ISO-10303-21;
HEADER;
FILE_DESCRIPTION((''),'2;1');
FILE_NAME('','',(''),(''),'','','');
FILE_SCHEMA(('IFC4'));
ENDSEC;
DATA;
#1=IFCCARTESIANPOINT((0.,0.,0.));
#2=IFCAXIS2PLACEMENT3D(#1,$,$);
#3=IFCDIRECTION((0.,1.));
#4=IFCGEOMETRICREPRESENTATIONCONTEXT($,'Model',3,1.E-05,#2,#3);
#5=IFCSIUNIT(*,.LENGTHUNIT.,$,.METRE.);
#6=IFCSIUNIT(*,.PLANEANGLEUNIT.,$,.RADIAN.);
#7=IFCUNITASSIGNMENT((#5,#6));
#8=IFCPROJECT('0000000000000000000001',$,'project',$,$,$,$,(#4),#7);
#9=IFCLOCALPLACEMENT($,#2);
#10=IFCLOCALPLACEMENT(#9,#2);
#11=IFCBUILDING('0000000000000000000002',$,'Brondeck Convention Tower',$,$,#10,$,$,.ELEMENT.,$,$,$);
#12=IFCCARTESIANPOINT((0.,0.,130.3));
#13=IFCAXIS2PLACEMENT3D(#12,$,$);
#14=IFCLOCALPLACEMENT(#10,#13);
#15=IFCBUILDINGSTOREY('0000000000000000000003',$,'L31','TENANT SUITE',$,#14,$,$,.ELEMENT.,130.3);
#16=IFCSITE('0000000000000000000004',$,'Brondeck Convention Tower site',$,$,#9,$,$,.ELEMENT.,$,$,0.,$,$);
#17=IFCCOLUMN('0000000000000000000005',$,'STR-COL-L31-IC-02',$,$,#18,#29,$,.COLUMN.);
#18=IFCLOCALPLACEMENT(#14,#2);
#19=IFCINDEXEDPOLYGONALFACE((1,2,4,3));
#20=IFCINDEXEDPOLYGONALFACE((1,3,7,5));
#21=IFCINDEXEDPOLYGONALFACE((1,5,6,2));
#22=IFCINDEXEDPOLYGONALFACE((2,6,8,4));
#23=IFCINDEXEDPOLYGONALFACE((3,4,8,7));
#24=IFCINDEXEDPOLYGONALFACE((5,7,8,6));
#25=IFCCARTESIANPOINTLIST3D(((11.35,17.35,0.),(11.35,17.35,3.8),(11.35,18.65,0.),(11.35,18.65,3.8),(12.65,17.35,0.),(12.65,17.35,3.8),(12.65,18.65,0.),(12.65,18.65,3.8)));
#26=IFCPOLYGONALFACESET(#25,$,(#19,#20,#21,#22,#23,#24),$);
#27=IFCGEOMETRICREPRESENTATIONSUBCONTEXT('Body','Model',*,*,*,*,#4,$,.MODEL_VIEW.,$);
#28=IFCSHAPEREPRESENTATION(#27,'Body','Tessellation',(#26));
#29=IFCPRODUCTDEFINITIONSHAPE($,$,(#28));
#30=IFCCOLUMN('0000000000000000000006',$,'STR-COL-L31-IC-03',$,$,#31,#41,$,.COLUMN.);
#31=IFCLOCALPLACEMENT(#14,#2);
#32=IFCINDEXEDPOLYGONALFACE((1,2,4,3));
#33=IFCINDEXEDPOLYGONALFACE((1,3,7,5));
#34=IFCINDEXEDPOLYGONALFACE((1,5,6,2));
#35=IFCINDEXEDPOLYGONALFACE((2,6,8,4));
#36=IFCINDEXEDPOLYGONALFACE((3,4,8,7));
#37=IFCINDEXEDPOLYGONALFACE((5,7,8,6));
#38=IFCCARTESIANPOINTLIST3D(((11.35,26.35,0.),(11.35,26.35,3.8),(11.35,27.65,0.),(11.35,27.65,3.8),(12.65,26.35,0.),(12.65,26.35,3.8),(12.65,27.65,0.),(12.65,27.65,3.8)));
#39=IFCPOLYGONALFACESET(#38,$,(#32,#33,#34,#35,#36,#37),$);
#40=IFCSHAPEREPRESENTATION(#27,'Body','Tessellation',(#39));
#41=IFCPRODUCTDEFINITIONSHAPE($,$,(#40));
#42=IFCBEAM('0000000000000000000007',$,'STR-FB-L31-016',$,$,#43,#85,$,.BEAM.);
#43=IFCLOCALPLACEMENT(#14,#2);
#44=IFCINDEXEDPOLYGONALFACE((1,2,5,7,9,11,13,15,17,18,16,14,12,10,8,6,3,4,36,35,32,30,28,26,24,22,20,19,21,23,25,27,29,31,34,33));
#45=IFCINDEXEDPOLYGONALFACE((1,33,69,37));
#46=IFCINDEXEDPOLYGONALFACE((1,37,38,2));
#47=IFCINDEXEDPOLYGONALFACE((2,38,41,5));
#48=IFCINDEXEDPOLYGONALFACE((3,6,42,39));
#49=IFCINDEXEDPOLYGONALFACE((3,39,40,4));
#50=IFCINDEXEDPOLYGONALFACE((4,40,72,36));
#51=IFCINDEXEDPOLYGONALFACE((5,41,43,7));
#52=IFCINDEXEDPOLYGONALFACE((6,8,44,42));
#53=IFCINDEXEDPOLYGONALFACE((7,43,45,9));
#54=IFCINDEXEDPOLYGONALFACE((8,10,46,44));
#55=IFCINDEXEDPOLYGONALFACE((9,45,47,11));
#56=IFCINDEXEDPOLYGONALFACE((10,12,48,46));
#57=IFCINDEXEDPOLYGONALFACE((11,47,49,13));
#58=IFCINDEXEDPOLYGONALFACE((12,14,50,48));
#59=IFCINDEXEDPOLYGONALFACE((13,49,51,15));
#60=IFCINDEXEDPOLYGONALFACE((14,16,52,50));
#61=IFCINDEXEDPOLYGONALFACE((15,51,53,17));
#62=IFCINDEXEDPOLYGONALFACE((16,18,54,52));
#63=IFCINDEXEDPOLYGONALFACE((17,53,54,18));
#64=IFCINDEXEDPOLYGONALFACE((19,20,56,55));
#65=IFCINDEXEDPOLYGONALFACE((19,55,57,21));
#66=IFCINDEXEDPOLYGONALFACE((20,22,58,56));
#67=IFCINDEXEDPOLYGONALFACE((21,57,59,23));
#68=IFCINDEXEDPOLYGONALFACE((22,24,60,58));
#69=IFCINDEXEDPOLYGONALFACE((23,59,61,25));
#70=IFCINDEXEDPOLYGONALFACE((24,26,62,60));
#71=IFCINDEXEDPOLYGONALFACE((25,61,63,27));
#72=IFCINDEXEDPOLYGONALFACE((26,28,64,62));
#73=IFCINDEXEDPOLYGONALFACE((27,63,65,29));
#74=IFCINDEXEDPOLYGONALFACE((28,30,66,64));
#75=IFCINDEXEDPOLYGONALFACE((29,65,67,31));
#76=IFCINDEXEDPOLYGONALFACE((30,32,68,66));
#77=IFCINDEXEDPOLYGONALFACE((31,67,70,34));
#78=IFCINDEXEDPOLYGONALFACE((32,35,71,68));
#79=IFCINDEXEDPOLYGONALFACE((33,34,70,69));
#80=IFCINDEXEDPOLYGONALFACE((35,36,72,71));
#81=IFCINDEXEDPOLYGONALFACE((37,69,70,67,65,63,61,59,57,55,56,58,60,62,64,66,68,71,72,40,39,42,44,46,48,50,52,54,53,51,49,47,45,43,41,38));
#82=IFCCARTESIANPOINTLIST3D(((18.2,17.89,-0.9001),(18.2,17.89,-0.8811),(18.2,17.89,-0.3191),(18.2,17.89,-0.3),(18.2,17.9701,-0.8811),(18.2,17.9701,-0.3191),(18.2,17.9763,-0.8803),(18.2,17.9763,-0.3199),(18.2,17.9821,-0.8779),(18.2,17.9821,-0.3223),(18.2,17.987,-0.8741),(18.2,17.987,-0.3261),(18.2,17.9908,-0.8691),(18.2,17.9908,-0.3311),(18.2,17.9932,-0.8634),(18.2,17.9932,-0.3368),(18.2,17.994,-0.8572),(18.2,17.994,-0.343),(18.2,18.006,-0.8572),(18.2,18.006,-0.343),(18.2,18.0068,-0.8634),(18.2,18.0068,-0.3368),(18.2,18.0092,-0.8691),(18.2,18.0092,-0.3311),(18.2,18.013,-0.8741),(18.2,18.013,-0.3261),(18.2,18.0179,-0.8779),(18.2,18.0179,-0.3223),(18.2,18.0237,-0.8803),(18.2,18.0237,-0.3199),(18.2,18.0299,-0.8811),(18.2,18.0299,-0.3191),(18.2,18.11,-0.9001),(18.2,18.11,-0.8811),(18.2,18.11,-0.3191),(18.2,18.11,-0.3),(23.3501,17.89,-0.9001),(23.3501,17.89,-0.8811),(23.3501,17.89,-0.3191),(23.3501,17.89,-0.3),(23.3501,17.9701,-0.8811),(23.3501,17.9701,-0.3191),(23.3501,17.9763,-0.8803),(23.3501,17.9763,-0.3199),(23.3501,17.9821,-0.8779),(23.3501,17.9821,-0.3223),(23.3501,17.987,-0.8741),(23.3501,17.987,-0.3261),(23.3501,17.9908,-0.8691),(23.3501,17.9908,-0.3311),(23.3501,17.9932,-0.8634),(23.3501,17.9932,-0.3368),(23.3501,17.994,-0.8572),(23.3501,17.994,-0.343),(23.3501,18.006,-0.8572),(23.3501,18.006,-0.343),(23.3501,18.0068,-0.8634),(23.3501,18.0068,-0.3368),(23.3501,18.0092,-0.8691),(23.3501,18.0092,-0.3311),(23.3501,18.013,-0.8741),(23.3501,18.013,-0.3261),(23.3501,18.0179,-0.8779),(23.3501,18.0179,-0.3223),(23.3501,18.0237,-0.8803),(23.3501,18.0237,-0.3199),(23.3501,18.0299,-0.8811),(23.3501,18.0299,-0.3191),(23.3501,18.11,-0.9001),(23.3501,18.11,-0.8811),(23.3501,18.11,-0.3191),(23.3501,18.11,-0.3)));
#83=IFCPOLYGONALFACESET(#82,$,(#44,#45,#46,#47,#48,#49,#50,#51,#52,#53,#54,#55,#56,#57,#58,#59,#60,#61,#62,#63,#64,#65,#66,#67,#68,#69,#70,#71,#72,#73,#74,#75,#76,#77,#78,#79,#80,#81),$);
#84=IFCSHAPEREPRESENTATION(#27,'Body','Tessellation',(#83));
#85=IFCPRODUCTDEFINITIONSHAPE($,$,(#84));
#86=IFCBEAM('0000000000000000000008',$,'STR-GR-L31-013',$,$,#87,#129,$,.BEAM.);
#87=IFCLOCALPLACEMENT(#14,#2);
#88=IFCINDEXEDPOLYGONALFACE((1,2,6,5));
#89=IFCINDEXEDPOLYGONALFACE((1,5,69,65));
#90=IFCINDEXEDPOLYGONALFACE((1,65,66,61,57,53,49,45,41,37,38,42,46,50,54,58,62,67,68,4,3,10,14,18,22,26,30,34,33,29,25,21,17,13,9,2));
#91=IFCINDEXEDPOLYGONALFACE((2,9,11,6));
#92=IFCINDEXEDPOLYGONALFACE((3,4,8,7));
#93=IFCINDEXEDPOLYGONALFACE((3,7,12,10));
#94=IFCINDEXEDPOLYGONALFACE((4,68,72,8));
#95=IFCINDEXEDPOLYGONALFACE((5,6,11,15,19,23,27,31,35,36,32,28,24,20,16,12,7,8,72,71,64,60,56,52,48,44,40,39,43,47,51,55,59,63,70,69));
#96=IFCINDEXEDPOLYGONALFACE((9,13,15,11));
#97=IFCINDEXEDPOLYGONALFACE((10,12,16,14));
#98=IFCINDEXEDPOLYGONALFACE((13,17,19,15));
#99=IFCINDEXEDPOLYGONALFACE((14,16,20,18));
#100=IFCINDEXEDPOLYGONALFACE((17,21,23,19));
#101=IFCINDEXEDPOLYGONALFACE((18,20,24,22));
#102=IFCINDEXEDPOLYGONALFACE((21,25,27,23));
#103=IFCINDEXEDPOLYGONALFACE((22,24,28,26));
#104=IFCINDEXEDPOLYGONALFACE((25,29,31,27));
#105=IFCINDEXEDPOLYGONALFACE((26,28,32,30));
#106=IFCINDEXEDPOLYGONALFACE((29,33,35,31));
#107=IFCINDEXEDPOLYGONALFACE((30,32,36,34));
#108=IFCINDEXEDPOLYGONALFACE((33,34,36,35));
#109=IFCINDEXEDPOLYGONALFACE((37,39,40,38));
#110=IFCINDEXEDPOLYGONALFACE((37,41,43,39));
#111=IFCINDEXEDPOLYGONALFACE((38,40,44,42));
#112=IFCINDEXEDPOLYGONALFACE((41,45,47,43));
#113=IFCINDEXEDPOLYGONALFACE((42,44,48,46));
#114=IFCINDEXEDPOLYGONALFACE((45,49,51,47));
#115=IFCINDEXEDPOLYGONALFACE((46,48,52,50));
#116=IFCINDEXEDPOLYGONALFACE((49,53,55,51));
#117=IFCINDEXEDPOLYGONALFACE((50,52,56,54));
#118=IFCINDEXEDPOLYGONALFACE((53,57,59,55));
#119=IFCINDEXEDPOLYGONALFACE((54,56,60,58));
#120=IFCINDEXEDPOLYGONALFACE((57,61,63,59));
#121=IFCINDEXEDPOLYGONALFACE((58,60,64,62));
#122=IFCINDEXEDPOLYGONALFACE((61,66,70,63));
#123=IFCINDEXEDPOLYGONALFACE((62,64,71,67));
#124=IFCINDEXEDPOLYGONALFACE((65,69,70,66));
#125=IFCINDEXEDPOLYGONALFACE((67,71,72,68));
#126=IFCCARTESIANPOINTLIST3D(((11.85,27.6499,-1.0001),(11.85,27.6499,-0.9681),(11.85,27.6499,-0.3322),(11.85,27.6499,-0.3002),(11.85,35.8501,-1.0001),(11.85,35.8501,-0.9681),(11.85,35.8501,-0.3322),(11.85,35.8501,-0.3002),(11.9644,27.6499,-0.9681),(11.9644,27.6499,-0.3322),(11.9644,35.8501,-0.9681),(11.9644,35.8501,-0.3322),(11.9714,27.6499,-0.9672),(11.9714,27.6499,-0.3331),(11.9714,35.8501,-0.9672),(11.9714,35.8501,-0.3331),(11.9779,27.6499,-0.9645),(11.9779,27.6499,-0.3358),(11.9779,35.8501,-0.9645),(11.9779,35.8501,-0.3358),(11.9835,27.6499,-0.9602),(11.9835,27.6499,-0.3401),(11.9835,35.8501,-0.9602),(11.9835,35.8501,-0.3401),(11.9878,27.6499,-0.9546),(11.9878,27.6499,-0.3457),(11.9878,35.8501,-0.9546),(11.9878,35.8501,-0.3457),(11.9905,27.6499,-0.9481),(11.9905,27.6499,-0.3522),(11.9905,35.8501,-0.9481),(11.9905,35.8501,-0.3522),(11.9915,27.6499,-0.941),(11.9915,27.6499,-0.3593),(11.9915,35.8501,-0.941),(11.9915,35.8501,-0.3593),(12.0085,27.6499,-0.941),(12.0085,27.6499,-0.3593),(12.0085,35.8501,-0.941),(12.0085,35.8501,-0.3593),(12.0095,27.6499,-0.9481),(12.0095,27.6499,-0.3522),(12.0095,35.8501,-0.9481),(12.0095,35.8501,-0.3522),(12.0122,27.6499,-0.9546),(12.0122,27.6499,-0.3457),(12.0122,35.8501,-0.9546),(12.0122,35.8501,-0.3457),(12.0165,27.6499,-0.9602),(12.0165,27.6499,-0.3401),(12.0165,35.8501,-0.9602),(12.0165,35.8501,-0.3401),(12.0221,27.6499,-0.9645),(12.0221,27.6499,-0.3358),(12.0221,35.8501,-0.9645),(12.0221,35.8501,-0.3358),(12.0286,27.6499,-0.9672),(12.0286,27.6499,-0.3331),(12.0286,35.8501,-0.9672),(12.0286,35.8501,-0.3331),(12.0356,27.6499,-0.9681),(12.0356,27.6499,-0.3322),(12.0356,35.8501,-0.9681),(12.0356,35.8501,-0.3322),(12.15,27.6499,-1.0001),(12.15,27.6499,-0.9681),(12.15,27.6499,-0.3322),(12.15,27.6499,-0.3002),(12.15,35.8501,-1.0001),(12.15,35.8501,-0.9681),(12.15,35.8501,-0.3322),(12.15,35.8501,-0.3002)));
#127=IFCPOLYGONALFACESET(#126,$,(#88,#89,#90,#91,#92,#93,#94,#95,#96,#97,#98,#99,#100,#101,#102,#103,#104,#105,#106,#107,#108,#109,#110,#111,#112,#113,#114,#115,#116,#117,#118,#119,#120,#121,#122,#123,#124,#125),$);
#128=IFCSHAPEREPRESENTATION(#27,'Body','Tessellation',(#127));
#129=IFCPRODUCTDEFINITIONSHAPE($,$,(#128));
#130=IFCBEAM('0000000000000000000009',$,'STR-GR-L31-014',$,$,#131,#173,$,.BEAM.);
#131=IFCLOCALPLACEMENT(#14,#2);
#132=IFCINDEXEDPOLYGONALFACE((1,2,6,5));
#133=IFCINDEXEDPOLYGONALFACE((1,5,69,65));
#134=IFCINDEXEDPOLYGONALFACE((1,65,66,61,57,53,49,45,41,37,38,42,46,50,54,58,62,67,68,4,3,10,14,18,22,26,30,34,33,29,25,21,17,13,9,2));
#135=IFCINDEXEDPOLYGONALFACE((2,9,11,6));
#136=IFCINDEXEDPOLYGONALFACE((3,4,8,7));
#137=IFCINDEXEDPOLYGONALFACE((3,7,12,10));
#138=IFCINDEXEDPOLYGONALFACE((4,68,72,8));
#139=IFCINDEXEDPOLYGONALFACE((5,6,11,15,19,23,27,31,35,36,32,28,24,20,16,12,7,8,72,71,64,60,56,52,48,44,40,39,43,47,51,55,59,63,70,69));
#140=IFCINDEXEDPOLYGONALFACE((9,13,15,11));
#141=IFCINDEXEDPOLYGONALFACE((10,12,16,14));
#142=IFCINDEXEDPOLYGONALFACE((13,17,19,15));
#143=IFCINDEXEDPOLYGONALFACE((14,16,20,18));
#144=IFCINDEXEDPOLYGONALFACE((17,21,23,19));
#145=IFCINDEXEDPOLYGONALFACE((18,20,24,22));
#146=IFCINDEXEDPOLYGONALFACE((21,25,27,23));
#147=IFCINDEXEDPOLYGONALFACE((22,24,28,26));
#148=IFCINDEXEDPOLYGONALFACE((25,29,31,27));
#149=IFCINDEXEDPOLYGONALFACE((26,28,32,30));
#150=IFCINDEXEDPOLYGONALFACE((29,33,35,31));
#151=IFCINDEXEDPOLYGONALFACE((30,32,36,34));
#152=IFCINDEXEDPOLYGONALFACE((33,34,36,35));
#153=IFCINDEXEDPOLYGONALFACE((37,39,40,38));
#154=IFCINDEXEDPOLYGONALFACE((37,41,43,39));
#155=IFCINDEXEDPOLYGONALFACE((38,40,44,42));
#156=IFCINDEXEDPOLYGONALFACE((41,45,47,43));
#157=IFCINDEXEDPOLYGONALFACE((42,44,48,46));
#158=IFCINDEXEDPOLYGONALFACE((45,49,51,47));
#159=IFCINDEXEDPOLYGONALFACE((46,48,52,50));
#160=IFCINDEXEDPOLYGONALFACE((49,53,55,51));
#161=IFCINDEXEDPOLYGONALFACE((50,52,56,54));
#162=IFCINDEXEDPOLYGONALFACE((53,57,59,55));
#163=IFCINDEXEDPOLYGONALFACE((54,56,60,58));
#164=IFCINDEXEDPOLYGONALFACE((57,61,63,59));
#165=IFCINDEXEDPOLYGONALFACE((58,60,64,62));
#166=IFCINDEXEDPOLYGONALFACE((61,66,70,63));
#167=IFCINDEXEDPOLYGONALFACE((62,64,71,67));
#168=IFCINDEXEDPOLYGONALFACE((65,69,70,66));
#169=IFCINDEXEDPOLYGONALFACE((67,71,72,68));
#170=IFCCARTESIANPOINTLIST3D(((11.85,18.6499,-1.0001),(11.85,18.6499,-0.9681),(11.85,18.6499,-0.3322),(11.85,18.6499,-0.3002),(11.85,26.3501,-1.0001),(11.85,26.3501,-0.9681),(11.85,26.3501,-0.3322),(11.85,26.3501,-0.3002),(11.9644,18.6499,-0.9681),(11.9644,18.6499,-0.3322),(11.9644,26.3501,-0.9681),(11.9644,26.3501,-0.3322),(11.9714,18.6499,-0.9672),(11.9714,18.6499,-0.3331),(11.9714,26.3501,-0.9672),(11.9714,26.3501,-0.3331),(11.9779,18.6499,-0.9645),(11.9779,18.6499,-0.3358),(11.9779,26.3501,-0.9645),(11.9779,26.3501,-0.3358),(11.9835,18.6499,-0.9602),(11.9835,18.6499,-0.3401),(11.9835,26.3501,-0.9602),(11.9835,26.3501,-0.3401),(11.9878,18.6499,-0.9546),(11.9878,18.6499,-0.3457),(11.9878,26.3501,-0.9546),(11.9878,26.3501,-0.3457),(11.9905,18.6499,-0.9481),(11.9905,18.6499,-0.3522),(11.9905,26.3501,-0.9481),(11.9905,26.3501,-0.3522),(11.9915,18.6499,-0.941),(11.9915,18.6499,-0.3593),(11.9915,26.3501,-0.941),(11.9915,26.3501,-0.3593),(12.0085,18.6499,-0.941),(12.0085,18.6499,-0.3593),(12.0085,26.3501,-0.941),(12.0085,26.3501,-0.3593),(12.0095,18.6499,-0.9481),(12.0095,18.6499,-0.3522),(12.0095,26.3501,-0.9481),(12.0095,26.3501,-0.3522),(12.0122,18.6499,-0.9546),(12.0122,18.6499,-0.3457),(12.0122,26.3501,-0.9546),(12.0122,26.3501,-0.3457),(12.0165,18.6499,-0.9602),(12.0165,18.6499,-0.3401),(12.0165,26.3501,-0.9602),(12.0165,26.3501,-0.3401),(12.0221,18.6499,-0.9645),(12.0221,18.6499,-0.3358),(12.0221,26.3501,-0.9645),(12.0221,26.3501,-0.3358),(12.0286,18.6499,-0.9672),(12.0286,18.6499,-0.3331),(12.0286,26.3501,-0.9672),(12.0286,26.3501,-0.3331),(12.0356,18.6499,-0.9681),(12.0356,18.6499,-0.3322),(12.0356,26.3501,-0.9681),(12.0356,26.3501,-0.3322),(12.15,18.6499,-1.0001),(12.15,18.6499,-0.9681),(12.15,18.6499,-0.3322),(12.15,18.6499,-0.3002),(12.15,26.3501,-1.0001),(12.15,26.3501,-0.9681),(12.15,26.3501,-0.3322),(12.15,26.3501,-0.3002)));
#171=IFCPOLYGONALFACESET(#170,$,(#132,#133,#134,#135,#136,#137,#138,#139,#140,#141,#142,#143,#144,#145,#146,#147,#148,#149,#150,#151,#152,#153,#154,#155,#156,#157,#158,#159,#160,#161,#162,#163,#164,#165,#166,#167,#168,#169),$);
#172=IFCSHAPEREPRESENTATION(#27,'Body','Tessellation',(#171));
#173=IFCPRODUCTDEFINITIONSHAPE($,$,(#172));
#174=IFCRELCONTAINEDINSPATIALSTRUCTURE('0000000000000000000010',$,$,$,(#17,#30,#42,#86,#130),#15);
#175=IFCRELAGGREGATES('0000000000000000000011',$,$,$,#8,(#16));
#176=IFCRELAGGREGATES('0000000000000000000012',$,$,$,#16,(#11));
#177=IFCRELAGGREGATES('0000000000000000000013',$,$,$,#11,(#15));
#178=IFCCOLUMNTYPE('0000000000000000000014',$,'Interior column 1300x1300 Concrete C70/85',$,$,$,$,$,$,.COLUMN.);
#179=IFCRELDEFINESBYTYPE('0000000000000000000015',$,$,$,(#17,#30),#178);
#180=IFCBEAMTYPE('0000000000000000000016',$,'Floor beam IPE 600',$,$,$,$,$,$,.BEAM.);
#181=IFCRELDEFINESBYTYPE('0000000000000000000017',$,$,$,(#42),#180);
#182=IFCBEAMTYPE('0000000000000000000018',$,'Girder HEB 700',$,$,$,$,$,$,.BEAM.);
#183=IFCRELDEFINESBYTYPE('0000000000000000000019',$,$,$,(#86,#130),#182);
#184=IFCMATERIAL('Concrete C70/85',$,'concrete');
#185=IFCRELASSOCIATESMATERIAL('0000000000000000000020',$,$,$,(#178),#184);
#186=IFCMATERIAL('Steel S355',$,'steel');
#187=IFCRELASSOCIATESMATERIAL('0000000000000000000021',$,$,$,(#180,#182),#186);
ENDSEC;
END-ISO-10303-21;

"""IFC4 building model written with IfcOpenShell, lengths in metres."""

from ifc_helpers import new_model, si_unit, direction, frame, origin, origin_2d, place, context, subcontext, project, spatial, rectangle, i_section, extrude, material, material_profile, profile_set, type_object, element, save


model = new_model("IFC4")

# Units and contexts
model_context = context("Model", 3, precision=1e-05, world=origin(), true_north=direction((0.0, 1.0)))
body_context = subcontext(model_context, "Body", "Model", "MODEL_VIEW")
ifc_project = project(units=[si_unit("LENGTHUNIT", "METRE"), si_unit("PLANEANGLEUNIT", "RADIAN")], contexts=[model_context])

# Site, building, storey
site_placement = place(None, origin())
site = spatial("IfcSite", under=ifc_project, at=site_placement, Name="Brondeck Convention Tower site", CompositionType="ELEMENT", RefElevation=0.0)
building_placement = place(site_placement, origin())
building = spatial("IfcBuilding", under=site, at=building_placement, Name="Brondeck Convention Tower", CompositionType="ELEMENT")
storey_placement = place(building_placement, frame((0.0, 0.0, 130.3)))
storey = spatial("IfcBuildingStorey", under=building, at=storey_placement, Name="L31", Description="TENANT SUITE", CompositionType="ELEMENT", Elevation=130.3)

# Columns
ifc_material_1 = material(Name="Concrete C70/85", Category="concrete")
ifc_material_profile_1 = material_profile(ifc_material_1, rectangle(XDim=1.3, YDim=1.3, at=origin_2d()), Name="Interior column 1300x1300 Concrete C70/85")
ifc_profile_set_1 = profile_set([ifc_material_profile_1], Name="Concrete C70/85")
column_type = type_object("IfcColumnType", Name="Interior column 1300x1300 Concrete C70/85", PredefinedType="COLUMN", material=ifc_profile_set_1)
for number, where, z_axis, x_axis, name in (
    (1, (12.0, 18.0, 0.0), (0.0, 0.0, 1.0), (1.0, 0.0, 0.0), "STR-COL-L31-IC-02"),
    (2, (12.0, 27.0, 0.0), (0.0, 0.0, 1.0), (1.0, 0.0, 0.0), "STR-COL-L31-IC-03"),
):
    element("IfcColumn", number, at=place(storey_placement, frame(where, z_axis=z_axis, x_axis=x_axis)), inside=storey, type_object=column_type, Name=name, PredefinedType="COLUMN", context=body_context, shape_type="SweptSolid", body=[
        extrude(rectangle(XDim=1.3, YDim=1.3, at=origin_2d()), origin(), (0.0, 0.0, 1.0), 3.8),
    ])

# Beams
ifc_material_2 = material(Name="Steel S355", Category="steel")
ifc_material_profile_2 = material_profile(ifc_material_2, i_section(OverallWidth=0.22, OverallDepth=0.6001, WebThickness=0.012, FlangeThickness=0.019, FilletRadius=0.0239, at=origin_2d()), Name="IPE 600")
ifc_profile_set_2 = profile_set([ifc_material_profile_2], Name="Steel S355")
beam_type_1 = type_object("IfcBeamType", Name="Floor beam IPE 600", PredefinedType="BEAM", material=ifc_profile_set_2)
beam_1_placement = place(storey_placement, frame((18.2, 18.0, -0.6001), z_axis=(1.0, 0.0, 0.0), x_axis=(0.0, 1.0, 0.0)))
element("IfcBeam", 3, at=beam_1_placement, inside=storey, type_object=beam_type_1, Name="STR-FB-L31-016", PredefinedType="BEAM", context=body_context, shape_type="SweptSolid", body=[
    extrude(i_section(OverallWidth=0.22, OverallDepth=0.6001, WebThickness=0.012, FlangeThickness=0.019, FilletRadius=0.0239, at=origin_2d()), origin(), (0.0, 0.0, 1.0), 5.1501),
])
ifc_material_profile_3 = material_profile(ifc_material_2, i_section(OverallWidth=0.3, OverallDepth=0.7, WebThickness=0.0171, FlangeThickness=0.032, FilletRadius=0.0271, at=origin_2d()), Name="HEB 700")
ifc_profile_set_3 = profile_set([ifc_material_profile_3], Name="Steel S355")
beam_type_2 = type_object("IfcBeamType", Name="Girder HEB 700", PredefinedType="BEAM", material=ifc_profile_set_3)
beam_2_placement = place(storey_placement, frame((12.0, 35.8501, -0.6501), z_axis=(0.0, -1.0, 0.0), x_axis=(1.0, 0.0, 0.0)))
element("IfcBeam", 4, at=beam_2_placement, inside=storey, type_object=beam_type_2, Name="STR-GR-L31-013", PredefinedType="BEAM", context=body_context, shape_type="SweptSolid", body=[
    extrude(i_section(OverallWidth=0.3, OverallDepth=0.7, WebThickness=0.0171, FlangeThickness=0.032, FilletRadius=0.0271, at=origin_2d()), origin(), (0.0, 0.0, 1.0), 8.2002),
])
for number, where, z_axis, x_axis, name in (
    (5, (12.0, 26.3501, -0.6501), (0.0, -1.0, 0.0), (1.0, 0.0, 0.0), "STR-GR-L31-014"),
):
    element("IfcBeam", number, at=place(storey_placement, frame(where, z_axis=z_axis, x_axis=x_axis)), inside=storey, type_object=beam_type_2, Name=name, PredefinedType="BEAM", context=body_context, shape_type="SweptSolid", body=[
        extrude(i_section(OverallWidth=0.3, OverallDepth=0.7, WebThickness=0.0171, FlangeThickness=0.032, FilletRadius=0.0271, at=origin_2d()), origin(), (0.0, 0.0, 1.0), 7.7002),
    ])

save(model, "model.ifc")
